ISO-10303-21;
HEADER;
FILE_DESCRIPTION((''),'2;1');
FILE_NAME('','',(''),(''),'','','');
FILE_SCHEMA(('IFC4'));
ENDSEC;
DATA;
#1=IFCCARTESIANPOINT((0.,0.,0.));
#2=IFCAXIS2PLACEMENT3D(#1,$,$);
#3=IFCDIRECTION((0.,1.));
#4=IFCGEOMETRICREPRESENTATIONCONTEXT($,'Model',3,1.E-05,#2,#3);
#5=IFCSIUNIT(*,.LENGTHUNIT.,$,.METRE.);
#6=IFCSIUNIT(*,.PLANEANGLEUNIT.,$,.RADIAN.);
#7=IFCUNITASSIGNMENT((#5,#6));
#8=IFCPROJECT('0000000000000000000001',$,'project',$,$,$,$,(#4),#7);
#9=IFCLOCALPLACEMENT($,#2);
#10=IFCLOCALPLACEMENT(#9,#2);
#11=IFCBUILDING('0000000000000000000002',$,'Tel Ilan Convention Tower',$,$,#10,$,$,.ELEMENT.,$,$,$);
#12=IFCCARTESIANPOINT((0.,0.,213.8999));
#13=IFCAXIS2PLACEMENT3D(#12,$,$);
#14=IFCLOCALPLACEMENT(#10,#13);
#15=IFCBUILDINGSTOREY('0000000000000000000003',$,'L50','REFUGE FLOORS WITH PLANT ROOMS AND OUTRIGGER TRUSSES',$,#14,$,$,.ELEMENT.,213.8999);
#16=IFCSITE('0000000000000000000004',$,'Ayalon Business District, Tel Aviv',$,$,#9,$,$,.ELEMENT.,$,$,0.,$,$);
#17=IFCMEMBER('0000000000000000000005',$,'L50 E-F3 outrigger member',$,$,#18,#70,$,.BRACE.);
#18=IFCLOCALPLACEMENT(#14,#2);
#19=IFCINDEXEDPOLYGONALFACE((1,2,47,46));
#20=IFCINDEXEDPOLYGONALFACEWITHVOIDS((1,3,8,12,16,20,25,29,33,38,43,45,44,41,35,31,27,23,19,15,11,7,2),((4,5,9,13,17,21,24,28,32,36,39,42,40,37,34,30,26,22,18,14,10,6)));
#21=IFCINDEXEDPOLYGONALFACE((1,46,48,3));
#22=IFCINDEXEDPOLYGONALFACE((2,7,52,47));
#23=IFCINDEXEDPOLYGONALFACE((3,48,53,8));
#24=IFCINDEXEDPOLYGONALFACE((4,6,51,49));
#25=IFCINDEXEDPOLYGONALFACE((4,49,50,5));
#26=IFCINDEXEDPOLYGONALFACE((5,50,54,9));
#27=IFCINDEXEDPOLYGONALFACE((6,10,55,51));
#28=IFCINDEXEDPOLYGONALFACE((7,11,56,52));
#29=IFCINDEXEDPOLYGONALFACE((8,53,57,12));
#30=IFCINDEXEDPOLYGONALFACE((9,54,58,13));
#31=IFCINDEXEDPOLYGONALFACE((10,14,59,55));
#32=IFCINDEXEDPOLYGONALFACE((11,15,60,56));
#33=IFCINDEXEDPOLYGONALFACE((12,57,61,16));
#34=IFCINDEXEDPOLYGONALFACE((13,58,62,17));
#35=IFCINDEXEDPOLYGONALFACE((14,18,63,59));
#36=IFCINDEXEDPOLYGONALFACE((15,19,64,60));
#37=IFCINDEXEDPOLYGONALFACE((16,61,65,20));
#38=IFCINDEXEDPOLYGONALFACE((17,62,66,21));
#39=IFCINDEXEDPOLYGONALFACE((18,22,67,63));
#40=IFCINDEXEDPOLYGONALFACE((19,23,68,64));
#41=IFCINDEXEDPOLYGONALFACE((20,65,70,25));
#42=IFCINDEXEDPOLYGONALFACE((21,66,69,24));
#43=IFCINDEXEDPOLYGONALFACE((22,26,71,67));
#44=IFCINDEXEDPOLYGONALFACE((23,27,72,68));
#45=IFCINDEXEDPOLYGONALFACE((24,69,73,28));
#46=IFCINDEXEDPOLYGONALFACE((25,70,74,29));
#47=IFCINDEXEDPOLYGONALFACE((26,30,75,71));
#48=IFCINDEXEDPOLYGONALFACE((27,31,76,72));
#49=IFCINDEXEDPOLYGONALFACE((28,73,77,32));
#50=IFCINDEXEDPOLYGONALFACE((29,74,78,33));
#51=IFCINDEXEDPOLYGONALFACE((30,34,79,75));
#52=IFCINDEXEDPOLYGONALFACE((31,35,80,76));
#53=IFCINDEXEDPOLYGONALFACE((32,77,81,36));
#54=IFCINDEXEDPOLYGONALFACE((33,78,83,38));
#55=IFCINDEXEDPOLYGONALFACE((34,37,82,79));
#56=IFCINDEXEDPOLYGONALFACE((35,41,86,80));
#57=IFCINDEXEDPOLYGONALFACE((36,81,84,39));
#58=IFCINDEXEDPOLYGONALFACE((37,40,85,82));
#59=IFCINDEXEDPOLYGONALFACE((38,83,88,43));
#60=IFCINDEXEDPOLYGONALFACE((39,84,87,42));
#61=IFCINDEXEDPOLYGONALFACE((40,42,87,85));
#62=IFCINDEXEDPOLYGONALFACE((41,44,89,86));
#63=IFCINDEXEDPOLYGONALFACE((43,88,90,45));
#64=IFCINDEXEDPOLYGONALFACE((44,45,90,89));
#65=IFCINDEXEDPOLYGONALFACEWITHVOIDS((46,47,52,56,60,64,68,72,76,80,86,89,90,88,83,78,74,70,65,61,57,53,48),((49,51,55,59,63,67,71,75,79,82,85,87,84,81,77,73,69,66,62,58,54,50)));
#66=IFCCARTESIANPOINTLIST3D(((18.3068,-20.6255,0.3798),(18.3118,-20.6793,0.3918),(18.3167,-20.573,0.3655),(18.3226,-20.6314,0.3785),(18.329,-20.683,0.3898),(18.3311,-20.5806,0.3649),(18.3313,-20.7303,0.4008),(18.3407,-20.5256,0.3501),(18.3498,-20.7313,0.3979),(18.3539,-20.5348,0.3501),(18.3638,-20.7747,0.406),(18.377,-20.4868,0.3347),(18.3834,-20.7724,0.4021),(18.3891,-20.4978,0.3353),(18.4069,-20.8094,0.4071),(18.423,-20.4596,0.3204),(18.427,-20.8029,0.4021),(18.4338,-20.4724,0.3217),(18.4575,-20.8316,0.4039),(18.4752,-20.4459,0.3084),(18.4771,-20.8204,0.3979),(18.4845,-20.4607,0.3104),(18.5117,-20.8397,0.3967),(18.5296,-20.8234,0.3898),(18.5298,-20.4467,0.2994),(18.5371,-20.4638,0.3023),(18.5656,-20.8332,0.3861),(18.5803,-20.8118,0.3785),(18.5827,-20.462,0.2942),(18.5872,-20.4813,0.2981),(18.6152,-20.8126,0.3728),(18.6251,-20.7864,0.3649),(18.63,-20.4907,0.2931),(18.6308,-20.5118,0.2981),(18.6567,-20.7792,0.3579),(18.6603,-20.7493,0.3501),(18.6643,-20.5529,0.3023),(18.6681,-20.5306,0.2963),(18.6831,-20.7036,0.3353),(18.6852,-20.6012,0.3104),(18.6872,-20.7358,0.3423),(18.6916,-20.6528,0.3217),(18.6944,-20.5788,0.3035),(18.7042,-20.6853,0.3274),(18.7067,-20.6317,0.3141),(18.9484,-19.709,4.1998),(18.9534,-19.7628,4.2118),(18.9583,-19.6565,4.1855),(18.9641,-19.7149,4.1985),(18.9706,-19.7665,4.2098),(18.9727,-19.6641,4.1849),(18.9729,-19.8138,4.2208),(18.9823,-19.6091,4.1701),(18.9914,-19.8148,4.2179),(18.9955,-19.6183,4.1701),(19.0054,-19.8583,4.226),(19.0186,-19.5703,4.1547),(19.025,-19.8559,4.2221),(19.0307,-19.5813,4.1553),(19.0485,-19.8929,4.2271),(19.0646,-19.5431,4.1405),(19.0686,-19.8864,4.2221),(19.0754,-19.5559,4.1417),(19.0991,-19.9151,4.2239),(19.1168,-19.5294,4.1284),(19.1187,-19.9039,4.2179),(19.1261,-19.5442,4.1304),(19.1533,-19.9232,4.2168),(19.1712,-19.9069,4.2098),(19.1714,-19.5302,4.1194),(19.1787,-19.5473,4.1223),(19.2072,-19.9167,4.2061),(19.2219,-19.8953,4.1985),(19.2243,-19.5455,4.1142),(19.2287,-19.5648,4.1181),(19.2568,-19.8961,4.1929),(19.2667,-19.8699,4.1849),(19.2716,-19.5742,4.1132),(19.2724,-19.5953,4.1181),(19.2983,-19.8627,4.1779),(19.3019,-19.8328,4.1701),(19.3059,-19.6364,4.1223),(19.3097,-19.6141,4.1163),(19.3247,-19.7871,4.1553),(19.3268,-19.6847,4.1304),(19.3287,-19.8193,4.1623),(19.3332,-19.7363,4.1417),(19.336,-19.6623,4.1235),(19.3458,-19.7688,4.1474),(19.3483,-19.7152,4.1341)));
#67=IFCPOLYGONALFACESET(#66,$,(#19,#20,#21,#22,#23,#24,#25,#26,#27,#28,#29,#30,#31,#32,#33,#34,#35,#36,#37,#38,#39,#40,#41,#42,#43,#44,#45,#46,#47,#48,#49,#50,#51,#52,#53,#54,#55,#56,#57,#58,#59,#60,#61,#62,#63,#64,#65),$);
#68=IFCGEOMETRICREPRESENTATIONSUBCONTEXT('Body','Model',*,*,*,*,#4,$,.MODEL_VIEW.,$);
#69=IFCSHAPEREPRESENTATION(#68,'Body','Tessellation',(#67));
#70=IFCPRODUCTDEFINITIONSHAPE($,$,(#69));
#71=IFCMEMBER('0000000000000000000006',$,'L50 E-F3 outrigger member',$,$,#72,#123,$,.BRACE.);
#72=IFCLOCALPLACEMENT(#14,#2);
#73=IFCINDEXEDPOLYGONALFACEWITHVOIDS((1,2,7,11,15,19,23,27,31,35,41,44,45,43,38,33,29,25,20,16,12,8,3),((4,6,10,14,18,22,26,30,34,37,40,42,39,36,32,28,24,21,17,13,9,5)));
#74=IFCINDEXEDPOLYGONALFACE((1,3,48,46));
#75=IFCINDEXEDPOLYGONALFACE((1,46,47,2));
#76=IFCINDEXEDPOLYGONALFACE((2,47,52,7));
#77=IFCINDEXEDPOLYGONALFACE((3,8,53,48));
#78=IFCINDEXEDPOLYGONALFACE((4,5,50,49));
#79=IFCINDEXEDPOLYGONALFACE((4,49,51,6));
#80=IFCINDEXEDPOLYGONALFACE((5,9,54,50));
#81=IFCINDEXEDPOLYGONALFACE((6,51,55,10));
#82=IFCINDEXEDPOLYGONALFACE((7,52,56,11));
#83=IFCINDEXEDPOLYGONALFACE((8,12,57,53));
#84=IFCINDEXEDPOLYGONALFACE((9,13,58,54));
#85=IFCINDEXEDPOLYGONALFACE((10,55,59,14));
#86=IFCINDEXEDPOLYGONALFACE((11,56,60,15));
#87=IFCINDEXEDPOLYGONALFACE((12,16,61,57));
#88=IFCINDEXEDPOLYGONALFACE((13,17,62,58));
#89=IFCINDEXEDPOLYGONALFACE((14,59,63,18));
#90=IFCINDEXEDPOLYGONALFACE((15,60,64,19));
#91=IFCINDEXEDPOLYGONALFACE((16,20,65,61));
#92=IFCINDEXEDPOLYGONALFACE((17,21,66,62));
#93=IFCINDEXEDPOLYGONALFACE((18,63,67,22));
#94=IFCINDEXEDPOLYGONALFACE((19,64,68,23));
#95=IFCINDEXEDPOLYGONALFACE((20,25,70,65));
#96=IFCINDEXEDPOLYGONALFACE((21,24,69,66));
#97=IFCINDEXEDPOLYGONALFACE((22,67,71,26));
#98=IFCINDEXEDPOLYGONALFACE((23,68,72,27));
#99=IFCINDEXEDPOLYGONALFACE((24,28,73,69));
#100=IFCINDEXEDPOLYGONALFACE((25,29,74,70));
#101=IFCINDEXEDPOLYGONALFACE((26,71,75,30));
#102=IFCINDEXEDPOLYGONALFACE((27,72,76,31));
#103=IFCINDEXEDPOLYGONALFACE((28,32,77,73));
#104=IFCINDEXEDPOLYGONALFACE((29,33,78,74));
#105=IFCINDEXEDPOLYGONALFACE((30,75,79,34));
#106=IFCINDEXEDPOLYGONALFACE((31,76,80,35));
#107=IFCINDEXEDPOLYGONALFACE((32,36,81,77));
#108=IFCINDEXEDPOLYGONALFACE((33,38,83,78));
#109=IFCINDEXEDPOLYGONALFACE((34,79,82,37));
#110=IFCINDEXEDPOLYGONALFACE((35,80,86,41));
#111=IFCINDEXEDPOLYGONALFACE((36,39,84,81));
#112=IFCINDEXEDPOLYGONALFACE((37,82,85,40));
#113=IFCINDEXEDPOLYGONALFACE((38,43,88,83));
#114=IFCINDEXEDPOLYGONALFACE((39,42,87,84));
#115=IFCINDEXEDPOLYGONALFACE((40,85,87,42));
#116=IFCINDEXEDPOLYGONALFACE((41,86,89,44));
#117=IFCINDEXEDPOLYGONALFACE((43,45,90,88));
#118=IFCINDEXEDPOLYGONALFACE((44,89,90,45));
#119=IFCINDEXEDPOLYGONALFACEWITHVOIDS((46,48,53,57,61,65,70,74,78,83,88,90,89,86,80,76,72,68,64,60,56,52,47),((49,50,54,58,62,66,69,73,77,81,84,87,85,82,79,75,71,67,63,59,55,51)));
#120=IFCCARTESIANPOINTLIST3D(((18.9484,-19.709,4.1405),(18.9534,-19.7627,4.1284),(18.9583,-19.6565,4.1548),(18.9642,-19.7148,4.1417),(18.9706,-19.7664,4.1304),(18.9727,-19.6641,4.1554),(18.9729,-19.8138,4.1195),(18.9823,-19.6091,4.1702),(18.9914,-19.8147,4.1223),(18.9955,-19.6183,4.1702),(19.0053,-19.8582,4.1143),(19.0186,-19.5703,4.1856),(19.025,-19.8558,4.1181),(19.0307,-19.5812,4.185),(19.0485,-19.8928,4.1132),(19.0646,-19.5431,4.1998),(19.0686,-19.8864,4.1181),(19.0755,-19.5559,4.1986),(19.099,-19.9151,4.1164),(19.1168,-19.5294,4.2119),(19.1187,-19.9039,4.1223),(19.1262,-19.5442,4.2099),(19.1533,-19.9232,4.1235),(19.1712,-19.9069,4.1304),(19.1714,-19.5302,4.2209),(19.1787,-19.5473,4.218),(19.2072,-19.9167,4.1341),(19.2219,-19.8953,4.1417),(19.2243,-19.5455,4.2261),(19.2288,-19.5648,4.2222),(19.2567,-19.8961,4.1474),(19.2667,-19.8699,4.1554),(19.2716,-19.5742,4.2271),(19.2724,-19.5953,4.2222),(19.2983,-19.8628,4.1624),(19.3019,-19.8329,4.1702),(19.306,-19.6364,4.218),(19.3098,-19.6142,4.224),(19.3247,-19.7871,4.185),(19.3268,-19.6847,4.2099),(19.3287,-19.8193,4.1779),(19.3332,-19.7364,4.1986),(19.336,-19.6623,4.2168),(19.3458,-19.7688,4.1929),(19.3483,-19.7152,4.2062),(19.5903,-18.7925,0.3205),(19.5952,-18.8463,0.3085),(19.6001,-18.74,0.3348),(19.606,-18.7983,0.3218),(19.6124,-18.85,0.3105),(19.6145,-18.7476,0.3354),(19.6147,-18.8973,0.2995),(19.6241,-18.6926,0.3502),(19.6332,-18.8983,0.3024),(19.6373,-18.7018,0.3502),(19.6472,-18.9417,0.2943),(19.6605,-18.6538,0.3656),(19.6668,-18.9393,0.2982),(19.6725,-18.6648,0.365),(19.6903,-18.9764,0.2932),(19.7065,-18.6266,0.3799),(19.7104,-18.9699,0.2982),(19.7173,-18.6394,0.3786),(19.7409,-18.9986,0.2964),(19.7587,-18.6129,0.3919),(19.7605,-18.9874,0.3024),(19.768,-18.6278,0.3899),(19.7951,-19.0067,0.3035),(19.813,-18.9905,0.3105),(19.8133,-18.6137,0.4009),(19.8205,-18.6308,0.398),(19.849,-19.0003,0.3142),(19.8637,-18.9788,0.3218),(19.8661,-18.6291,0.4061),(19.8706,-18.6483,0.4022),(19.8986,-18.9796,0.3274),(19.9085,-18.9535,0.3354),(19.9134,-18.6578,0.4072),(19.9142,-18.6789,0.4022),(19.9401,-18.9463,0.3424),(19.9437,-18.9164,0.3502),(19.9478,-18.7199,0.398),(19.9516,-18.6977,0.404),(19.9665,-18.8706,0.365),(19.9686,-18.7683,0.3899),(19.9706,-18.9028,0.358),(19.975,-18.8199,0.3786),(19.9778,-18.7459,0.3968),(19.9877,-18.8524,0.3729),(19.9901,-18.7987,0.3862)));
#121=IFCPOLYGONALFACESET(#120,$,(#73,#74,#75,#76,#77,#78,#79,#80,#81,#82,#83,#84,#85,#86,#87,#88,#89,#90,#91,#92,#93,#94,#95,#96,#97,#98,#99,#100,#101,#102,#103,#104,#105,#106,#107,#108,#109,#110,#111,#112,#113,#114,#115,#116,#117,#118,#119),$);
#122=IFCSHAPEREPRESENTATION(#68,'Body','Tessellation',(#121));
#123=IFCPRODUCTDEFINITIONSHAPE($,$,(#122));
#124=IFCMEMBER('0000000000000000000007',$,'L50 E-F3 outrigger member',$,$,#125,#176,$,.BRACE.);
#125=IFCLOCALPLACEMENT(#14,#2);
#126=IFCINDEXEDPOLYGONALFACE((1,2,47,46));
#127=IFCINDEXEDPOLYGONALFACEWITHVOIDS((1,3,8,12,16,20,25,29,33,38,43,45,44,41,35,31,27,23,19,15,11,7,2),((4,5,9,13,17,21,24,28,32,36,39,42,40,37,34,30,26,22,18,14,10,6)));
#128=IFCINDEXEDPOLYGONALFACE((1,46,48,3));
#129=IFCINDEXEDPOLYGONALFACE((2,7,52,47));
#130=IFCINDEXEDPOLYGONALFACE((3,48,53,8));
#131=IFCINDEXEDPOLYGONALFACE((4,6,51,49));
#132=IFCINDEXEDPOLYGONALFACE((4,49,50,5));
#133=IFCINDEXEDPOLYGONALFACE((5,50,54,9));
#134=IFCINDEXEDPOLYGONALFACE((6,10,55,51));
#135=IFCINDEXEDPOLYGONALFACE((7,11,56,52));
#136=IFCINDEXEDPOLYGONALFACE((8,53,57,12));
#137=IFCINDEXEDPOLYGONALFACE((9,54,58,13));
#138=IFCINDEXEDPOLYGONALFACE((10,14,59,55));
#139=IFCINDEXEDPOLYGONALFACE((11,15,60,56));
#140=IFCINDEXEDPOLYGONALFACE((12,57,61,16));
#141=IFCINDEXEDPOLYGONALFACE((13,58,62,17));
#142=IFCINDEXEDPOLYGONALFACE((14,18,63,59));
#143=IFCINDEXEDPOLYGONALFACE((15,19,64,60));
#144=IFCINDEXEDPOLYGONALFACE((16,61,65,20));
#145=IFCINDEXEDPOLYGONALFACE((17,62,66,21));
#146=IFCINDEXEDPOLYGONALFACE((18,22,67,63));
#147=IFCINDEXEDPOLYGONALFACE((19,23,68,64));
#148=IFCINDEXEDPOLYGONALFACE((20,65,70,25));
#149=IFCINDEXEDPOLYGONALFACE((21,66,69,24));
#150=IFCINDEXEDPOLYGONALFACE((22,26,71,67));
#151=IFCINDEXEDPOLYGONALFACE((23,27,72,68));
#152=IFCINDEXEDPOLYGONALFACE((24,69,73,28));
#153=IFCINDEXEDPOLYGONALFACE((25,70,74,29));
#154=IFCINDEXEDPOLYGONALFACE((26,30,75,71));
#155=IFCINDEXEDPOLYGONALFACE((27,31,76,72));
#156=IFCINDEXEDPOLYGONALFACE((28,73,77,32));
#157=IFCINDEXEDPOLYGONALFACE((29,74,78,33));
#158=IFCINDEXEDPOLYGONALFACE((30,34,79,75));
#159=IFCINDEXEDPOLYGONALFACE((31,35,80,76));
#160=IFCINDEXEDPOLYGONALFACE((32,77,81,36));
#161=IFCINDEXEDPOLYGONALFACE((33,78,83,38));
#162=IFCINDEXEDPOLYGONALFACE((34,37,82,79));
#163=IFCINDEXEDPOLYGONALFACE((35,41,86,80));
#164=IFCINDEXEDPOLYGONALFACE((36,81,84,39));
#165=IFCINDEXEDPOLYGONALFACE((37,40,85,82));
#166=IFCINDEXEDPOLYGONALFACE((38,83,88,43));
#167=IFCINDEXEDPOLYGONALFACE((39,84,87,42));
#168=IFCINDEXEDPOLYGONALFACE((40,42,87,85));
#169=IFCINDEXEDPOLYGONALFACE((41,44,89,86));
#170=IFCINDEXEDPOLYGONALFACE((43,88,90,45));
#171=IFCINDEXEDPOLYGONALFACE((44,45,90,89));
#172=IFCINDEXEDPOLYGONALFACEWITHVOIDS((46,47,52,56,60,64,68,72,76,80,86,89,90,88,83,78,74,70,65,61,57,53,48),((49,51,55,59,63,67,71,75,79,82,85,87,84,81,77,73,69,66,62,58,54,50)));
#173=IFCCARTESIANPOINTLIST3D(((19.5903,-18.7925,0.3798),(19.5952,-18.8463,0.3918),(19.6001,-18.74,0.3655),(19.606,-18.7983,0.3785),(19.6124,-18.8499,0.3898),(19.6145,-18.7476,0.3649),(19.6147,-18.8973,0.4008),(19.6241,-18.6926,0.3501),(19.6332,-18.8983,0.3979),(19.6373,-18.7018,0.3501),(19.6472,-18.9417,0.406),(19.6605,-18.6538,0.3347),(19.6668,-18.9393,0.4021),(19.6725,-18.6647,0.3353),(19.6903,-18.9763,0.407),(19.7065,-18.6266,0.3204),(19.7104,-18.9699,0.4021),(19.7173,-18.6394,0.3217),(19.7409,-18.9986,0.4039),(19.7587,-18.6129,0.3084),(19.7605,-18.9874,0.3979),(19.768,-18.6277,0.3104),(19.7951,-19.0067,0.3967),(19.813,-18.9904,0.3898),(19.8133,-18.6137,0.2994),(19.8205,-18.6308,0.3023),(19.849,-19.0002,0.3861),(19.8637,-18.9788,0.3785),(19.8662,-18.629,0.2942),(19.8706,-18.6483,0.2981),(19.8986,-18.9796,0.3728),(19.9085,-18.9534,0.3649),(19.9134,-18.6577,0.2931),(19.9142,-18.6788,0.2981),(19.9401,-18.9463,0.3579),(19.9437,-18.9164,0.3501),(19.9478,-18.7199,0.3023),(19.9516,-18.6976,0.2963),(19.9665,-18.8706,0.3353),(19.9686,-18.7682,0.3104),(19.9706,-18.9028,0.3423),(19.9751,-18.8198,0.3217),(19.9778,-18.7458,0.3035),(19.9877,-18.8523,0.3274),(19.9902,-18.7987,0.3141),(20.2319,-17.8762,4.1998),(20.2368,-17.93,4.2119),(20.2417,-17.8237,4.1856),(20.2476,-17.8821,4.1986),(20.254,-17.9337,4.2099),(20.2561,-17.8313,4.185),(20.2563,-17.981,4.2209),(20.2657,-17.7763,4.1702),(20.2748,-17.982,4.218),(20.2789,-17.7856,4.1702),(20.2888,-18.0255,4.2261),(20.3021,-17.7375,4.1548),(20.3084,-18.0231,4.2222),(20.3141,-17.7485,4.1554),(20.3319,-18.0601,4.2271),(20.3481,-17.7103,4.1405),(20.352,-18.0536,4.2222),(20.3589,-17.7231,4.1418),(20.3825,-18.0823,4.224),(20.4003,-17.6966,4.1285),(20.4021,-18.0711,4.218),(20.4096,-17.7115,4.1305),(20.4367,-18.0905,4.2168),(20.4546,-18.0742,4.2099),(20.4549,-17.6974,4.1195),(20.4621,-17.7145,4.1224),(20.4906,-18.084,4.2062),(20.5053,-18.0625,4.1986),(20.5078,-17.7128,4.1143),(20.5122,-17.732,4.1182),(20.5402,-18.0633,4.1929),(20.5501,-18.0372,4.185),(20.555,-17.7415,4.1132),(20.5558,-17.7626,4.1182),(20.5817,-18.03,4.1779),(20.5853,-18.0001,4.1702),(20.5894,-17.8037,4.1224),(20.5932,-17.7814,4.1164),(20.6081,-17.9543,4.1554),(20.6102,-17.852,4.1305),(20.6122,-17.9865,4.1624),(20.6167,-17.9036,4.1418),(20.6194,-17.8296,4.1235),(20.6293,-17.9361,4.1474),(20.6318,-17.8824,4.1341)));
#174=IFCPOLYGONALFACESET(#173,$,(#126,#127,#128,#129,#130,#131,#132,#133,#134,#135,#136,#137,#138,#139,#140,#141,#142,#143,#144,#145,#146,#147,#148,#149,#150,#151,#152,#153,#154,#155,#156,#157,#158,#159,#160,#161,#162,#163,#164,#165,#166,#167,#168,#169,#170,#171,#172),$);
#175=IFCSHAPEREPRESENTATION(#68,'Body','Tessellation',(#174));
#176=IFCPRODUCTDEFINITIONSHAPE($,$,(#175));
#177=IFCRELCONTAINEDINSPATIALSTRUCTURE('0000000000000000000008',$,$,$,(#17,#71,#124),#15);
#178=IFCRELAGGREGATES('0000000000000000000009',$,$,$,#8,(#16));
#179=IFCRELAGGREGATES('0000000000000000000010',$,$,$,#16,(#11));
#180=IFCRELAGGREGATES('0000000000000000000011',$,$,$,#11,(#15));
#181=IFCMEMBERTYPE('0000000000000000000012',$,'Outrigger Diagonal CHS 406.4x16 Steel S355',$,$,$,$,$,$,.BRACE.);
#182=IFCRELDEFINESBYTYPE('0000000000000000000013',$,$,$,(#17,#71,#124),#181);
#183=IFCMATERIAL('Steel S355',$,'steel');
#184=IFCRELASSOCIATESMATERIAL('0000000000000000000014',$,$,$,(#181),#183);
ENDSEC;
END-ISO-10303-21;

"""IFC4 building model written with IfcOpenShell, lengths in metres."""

from ifc_helpers import new_model, si_unit, direction, frame, origin, origin_2d, place, context, subcontext, project, spatial, hollow_circle, extrude, material, material_profile, profile_set, type_object, element, save


model = new_model("IFC4")

# Units and contexts
model_context = context("Model", 3, precision=1e-05, world=origin(), true_north=direction((0.0, 1.0)))
body_context = subcontext(model_context, "Body", "Model", "MODEL_VIEW")
ifc_project = project(units=[si_unit("LENGTHUNIT", "METRE"), si_unit("PLANEANGLEUNIT", "RADIAN")], contexts=[model_context])

# Site, building, storey
site_placement = place(None, origin())
site = spatial("IfcSite", under=ifc_project, at=site_placement, Name="Ayalon Business District, Tel Aviv", CompositionType="ELEMENT", RefElevation=0.0)
building_placement = place(site_placement, origin())
building = spatial("IfcBuilding", under=site, at=building_placement, Name="Tel Ilan Convention Tower", CompositionType="ELEMENT")
storey_placement = place(building_placement, frame((0.0, 0.0, 213.8999)))
storey = spatial("IfcBuildingStorey", under=building, at=storey_placement, Name="L50", Description="REFUGE FLOORS WITH PLANT ROOMS AND OUTRIGGER TRUSSES", CompositionType="ELEMENT", Elevation=213.8999)

# Members
ifc_material_1 = material(Name="Steel S355", Category="steel")
ifc_material_profile_1 = material_profile(ifc_material_1, hollow_circle(Radius=0.2031, WallThickness=0.0161, at=origin_2d()), Name="CHS 406.4x16")
ifc_profile_set_1 = profile_set([ifc_material_profile_1], Name="Steel S355")
member_type_1 = type_object("IfcMemberType", Name="Outrigger Diagonal CHS 406.4x16 Steel S355", PredefinedType="BRACE", material=ifc_profile_set_1)
for number, where, z_axis, x_axis, name in (
    (1, (18.5071, -20.6421, 0.3501), (0.161185, 0.230247, 0.95969), (-0.819211, 0.573492, 0.0), "L50 E-F3 outrigger member"),
    (2, (19.1487, -19.7256, 4.1702), (0.161245, 0.230245, -0.959681), (-0.819109, 0.573638, 0.0), "L50 E-F3 outrigger member"),
    (3, (19.7905, -18.8091, 0.3501), (0.161188, 0.230189, 0.959704), (-0.81914, 0.573594, 0.0), "L50 E-F3 outrigger member"),
):
    element("IfcMember", number, at=place(storey_placement, frame(where, z_axis=z_axis, x_axis=x_axis)), inside=storey, type_object=member_type_1, Name=name, PredefinedType="BRACE", context=body_context, shape_type="SweptSolid", body=[
        extrude(hollow_circle(Radius=0.2031, WallThickness=0.0161, at=origin_2d()), origin(), (0.0, 0.0, 1.0), 3.9805),
    ])

save(model, "model.ifc")
